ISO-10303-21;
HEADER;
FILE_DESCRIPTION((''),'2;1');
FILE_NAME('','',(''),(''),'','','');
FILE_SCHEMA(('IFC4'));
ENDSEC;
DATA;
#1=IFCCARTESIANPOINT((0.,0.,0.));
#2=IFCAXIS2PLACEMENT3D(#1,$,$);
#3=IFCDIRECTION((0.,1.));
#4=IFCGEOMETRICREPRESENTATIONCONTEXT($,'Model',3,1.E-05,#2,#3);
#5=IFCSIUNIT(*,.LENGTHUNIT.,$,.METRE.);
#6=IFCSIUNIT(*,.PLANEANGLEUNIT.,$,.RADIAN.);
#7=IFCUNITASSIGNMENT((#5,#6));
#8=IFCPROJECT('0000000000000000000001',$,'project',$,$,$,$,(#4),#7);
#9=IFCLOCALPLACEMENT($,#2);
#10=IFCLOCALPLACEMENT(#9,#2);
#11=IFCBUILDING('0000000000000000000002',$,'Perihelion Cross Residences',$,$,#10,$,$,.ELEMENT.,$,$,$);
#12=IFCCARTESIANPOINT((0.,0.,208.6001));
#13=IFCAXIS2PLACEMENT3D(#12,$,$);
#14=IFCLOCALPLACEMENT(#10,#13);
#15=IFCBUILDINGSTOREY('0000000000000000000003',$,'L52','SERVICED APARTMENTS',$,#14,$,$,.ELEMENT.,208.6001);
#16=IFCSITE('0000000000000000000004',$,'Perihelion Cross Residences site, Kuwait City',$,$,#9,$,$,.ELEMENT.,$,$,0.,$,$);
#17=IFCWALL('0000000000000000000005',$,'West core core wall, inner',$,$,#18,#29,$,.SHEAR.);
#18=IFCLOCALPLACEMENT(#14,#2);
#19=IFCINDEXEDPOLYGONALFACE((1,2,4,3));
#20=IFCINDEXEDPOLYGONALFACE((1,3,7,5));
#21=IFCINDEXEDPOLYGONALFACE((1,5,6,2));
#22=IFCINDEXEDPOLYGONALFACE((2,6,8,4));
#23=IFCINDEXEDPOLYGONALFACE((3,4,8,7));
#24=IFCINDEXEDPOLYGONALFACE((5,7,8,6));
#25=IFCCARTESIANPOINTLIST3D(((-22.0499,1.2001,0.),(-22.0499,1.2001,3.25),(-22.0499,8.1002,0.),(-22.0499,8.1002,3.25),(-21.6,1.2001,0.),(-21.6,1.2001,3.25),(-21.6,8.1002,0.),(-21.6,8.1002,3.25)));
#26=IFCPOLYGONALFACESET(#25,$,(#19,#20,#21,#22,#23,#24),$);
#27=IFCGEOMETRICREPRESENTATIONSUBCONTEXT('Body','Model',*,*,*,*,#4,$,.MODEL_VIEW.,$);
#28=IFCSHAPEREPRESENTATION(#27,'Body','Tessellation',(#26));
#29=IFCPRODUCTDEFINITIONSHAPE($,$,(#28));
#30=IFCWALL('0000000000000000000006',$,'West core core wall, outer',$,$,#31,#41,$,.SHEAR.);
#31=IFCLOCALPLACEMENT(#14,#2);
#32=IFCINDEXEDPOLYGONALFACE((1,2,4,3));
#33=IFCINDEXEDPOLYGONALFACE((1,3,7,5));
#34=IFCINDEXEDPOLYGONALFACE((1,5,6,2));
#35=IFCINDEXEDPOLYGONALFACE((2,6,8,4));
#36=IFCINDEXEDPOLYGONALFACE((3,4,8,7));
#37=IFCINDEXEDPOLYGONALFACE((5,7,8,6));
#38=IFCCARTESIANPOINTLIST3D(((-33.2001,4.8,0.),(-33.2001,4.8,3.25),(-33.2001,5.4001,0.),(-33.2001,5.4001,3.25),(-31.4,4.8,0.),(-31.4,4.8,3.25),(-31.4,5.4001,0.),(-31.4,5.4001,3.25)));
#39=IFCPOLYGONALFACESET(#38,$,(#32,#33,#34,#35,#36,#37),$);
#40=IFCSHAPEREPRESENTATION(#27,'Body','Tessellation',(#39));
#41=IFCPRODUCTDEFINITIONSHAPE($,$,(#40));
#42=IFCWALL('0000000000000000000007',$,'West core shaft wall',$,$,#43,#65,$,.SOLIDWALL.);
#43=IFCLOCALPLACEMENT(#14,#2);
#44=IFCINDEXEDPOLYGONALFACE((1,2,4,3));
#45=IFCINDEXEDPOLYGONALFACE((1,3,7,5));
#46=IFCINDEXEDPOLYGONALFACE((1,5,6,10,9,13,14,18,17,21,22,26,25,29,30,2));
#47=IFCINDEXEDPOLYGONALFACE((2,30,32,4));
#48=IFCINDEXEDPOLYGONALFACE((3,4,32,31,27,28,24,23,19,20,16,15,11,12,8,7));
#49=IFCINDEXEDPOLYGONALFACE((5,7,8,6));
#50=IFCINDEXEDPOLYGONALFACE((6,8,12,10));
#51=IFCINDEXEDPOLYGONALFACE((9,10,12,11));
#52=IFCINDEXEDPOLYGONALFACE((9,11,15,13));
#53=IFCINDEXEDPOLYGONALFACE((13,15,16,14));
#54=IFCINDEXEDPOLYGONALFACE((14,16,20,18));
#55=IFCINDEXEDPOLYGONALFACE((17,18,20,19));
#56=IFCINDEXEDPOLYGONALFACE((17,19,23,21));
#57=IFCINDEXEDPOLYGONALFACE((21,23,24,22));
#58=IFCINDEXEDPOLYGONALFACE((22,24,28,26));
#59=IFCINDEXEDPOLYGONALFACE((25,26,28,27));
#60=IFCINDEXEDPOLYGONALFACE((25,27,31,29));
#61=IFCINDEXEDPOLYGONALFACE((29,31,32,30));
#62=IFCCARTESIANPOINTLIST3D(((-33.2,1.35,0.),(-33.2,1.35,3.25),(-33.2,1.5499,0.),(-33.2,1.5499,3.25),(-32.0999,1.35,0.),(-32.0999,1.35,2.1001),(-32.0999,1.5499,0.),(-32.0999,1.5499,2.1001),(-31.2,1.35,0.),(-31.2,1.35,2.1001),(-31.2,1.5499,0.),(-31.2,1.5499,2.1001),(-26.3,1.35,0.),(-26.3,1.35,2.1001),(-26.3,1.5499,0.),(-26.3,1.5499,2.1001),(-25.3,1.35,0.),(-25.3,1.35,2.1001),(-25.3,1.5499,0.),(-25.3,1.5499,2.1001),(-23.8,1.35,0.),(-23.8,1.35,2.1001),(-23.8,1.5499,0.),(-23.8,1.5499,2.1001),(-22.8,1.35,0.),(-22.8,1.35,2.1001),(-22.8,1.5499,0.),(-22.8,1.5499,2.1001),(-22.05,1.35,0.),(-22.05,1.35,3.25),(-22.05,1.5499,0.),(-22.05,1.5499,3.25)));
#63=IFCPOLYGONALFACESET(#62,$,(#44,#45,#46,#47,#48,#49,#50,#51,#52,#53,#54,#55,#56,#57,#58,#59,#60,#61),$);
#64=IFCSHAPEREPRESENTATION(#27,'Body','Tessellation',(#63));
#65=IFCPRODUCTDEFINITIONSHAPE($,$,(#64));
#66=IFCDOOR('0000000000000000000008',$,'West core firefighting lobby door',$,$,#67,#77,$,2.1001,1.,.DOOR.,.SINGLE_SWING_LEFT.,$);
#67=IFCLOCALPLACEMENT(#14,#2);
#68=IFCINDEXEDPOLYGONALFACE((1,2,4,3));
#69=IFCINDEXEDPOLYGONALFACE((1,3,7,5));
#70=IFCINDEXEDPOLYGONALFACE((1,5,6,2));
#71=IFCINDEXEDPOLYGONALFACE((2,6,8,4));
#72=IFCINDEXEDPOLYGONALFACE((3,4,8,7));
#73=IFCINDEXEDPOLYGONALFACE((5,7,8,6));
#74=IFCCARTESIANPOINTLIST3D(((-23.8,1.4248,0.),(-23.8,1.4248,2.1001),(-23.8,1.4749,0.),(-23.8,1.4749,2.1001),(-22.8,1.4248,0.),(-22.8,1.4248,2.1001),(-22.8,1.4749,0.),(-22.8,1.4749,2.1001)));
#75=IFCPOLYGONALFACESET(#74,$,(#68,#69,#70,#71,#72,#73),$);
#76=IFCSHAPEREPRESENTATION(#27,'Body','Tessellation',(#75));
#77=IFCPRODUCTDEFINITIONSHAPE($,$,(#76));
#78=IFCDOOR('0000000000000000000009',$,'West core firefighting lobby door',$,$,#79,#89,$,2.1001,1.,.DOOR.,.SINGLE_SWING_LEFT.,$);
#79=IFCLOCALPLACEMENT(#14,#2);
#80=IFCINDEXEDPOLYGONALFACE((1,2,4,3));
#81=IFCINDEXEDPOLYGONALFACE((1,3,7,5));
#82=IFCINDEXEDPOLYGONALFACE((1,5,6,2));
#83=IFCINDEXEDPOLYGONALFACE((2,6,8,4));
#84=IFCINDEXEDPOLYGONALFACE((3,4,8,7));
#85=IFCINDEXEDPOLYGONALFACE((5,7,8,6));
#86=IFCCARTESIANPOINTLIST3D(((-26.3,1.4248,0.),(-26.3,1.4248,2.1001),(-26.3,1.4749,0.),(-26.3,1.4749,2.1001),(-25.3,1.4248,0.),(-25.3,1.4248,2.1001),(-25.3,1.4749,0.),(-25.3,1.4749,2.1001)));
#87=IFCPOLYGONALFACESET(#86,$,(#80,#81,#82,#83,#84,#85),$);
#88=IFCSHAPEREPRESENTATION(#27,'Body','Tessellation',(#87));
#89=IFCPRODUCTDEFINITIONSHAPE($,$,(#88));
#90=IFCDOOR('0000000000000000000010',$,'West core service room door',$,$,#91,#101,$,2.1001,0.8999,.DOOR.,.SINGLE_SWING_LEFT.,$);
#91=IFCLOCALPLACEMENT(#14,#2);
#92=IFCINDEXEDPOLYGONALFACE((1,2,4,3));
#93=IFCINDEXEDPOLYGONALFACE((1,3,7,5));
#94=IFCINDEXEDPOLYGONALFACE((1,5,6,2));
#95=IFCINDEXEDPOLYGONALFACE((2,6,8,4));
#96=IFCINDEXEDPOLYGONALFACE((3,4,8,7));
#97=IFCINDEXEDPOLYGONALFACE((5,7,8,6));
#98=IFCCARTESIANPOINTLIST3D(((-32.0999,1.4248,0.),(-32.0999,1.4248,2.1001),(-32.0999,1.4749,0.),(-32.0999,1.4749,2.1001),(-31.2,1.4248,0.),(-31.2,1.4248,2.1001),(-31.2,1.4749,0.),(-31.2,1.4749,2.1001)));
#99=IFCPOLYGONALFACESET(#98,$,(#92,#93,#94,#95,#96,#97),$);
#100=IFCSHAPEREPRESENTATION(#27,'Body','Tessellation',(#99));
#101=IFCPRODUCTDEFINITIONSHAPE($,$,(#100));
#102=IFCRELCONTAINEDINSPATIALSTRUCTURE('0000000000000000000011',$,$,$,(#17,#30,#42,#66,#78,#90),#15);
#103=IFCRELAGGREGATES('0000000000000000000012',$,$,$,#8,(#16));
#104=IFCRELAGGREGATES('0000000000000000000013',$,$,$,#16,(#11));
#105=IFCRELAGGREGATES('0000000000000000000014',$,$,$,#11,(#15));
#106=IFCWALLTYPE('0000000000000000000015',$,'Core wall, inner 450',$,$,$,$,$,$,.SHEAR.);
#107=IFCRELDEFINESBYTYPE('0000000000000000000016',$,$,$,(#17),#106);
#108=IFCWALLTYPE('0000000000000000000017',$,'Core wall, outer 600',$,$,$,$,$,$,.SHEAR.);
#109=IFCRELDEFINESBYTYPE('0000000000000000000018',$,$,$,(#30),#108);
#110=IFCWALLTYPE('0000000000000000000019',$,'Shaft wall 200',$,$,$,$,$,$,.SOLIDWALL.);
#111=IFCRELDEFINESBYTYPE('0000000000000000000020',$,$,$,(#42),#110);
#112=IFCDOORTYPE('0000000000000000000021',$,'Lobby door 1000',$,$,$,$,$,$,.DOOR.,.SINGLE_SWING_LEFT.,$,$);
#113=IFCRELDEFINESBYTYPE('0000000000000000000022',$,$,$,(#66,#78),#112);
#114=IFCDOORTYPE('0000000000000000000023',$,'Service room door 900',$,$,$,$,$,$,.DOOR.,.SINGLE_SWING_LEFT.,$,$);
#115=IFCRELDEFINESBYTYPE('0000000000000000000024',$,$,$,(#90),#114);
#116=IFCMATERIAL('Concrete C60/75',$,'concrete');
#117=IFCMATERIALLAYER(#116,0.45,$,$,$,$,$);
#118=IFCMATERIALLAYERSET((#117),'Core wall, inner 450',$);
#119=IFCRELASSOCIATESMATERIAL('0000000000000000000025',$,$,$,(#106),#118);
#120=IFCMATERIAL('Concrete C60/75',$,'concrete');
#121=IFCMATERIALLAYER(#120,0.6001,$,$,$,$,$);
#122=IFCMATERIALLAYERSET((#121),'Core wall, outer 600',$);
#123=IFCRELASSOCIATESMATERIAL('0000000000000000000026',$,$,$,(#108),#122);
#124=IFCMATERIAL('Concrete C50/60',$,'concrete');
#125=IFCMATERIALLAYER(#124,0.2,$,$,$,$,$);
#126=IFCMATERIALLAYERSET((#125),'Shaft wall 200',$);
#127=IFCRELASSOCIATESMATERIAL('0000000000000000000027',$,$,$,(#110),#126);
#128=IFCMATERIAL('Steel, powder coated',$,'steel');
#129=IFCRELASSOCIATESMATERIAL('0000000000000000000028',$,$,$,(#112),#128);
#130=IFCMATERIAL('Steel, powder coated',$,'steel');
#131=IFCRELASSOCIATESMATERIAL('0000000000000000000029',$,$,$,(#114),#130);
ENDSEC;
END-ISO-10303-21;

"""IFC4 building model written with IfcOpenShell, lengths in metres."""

from ifc_helpers import new_model, si_unit, direction, frame, frame_2d, origin, place, context, subcontext, project, spatial, rectangle, extrude, material, layer, layer_set, type_object, element, fill, save


model = new_model("IFC4")

# Units and contexts
model_context = context("Model", 3, precision=1e-05, world=origin(), true_north=direction((0.0, 1.0)))
body_context = subcontext(model_context, "Body", "Model", "MODEL_VIEW")
ifc_project = project(units=[si_unit("LENGTHUNIT", "METRE"), si_unit("PLANEANGLEUNIT", "RADIAN")], contexts=[model_context])

# Site, building, storey
site_placement = place(None, origin())
site = spatial("IfcSite", under=ifc_project, at=site_placement, Name="Perihelion Cross Residences site, Kuwait City", CompositionType="ELEMENT", RefElevation=0.0)
building_placement = place(site_placement, origin())
building = spatial("IfcBuilding", under=site, at=building_placement, Name="Perihelion Cross Residences", CompositionType="ELEMENT")
storey_placement = place(building_placement, frame((0.0, 0.0, 208.6001)))
storey = spatial("IfcBuildingStorey", under=building, at=storey_placement, Name="L52", Description="SERVICED APARTMENTS", CompositionType="ELEMENT", Elevation=208.6001)

# Walls
ifc_material_1 = material(Name="Concrete C60/75", Category="concrete")
ifc_layer_1 = layer(ifc_material_1, 0.45)
ifc_layer_set_1 = layer_set([ifc_layer_1], Name="Core wall, inner 450")
wall_type_1 = type_object("IfcWallType", Name="Core wall, inner 450", PredefinedType="SHEAR", material=ifc_layer_set_1)
wall_1_placement = place(storey_placement, frame((-21.825, 1.2, 0.0), z_axis=(0.0, 0.0, 1.0), x_axis=(0.0, 1.0, 0.0)))
element("IfcWall", 1, at=wall_1_placement, inside=storey, type_object=wall_type_1, Name="West core core wall, inner", PredefinedType="SHEAR", context=body_context, shape_type="SweptSolid", body=[
    extrude(rectangle(XDim=6.9001, YDim=0.45, at=frame_2d((3.4502, 0.0))), origin(), (0.0, 0.0, 1.0), 3.25),
])
ifc_material_2 = material(Name="Concrete C60/75", Category="concrete")
ifc_layer_2 = layer(ifc_material_2, 0.6001)
ifc_layer_set_2 = layer_set([ifc_layer_2], Name="Core wall, outer 600")
wall_type_2 = type_object("IfcWallType", Name="Core wall, outer 600", PredefinedType="SHEAR", material=ifc_layer_set_2)
wall_2_placement = place(storey_placement, frame((-33.2, 5.1001, 0.0), z_axis=(0.0, 0.0, 1.0), x_axis=(1.0, 0.0, 0.0)))
element("IfcWall", 2, at=wall_2_placement, inside=storey, type_object=wall_type_2, Name="West core core wall, outer", PredefinedType="SHEAR", context=body_context, shape_type="SweptSolid", body=[
    extrude(rectangle(XDim=1.8, YDim=0.6001, at=frame_2d((0.8999, 0.0))), origin(), (0.0, 0.0, 1.0), 3.25),
])

# Wall, openings, doors
ifc_material_3 = material(Name="Concrete C50/60", Category="concrete")
ifc_layer_3 = layer(ifc_material_3, 0.2)
ifc_layer_set_3 = layer_set([ifc_layer_3], Name="Shaft wall 200")
wall_type_3 = type_object("IfcWallType", Name="Shaft wall 200", PredefinedType="SOLIDWALL", material=ifc_layer_set_3)
wall_3_placement = place(storey_placement, frame((-33.2, 1.45, 0.0), z_axis=(0.0, 0.0, 1.0), x_axis=(1.0, 0.0, 0.0)))
wall_3 = element("IfcWall", 3, at=wall_3_placement, inside=storey, type_object=wall_type_3, Name="West core shaft wall", PredefinedType="SOLIDWALL", context=body_context, shape_type="SweptSolid", body=[
    extrude(rectangle(XDim=11.1499, YDim=0.2, at=frame_2d((5.575, 0.0))), origin(), (0.0, 0.0, 1.0), 3.25),
])
opening_1_placement = place(wall_3_placement, frame((9.3999, 0.0, 0.0)))
opening_1 = element("IfcOpeningElement", 4, at=opening_1_placement, cuts=wall_3, PredefinedType="OPENING", context=body_context, shape_type="SweptSolid", body=[
    extrude(rectangle(XDim=1.0, YDim=2.1001, at=frame_2d((0.5, 1.05))), frame((0.0, 0.1099, 0.0), z_axis=(0.0, -1.0, 0.0), x_axis=(1.0, 0.0, 0.0)), (0.0, 0.0, 1.0), 0.22),
])
opening_2_placement = place(wall_3_placement, frame((6.8999, 0.0, 0.0)))
opening_2 = element("IfcOpeningElement", 5, at=opening_2_placement, cuts=wall_3, PredefinedType="OPENING", context=body_context, shape_type="SweptSolid", body=[
    extrude(rectangle(XDim=1.0, YDim=2.1001, at=frame_2d((0.5, 1.05))), frame((0.0, 0.1099, 0.0), z_axis=(0.0, -1.0, 0.0), x_axis=(1.0, 0.0, 0.0)), (0.0, 0.0, 1.0), 0.22),
])
opening_3_placement = place(wall_3_placement, frame((1.1001, 0.0, 0.0)))
opening_3 = element("IfcOpeningElement", 6, at=opening_3_placement, cuts=wall_3, PredefinedType="OPENING", context=body_context, shape_type="SweptSolid", body=[
    extrude(rectangle(XDim=0.8999, YDim=2.1001, at=frame_2d((0.45, 1.05))), frame((0.0, 0.1099, 0.0), z_axis=(0.0, -1.0, 0.0), x_axis=(1.0, 0.0, 0.0)), (0.0, 0.0, 1.0), 0.22),
])
ifc_material_4 = material(Name="Steel, powder coated", Category="steel")
door_type_1 = type_object("IfcDoorType", Name="Lobby door 1000", OperationType="SINGLE_SWING_LEFT", PredefinedType="DOOR", material=ifc_material_4)
door_1_placement = place(opening_1_placement, origin())
door_1 = element("IfcDoor", 7, at=door_1_placement, inside=storey, type_object=door_type_1, Name="West core firefighting lobby door", OperationType="SINGLE_SWING_LEFT", OverallHeight=2.1001, OverallWidth=1.0, PredefinedType="DOOR", context=body_context, shape_type="SweptSolid", body=[
    extrude(rectangle(XDim=1.0, YDim=2.1001, at=frame_2d((0.5, 1.05))), frame((0.0, 0.0249, 0.0), z_axis=(0.0, -1.0, 0.0), x_axis=(1.0, 0.0, 0.0)), (0.0, 0.0, 1.0), 0.05),
])
fill(opening_1, door_1)
door_2_placement = place(opening_2_placement, origin())
door_2 = element("IfcDoor", 8, at=door_2_placement, inside=storey, type_object=door_type_1, Name="West core firefighting lobby door", OperationType="SINGLE_SWING_LEFT", OverallHeight=2.1001, OverallWidth=1.0, PredefinedType="DOOR", context=body_context, shape_type="SweptSolid", body=[
    extrude(rectangle(XDim=1.0, YDim=2.1001, at=frame_2d((0.5, 1.05))), frame((0.0, 0.0249, 0.0), z_axis=(0.0, -1.0, 0.0), x_axis=(1.0, 0.0, 0.0)), (0.0, 0.0, 1.0), 0.05),
])
fill(opening_2, door_2)
ifc_material_5 = material(Name="Steel, powder coated", Category="steel")
door_type_2 = type_object("IfcDoorType", Name="Service room door 900", OperationType="SINGLE_SWING_LEFT", PredefinedType="DOOR", material=ifc_material_5)
door_3_placement = place(opening_3_placement, origin())
door_3 = element("IfcDoor", 9, at=door_3_placement, inside=storey, type_object=door_type_2, Name="West core service room door", OperationType="SINGLE_SWING_LEFT", OverallHeight=2.1001, OverallWidth=0.8999, PredefinedType="DOOR", context=body_context, shape_type="SweptSolid", body=[
    extrude(rectangle(XDim=0.8999, YDim=2.1001, at=frame_2d((0.45, 1.05))), frame((0.0, 0.0249, 0.0), z_axis=(0.0, -1.0, 0.0), x_axis=(1.0, 0.0, 0.0)), (0.0, 0.0, 1.0), 0.05),
])
fill(opening_3, door_3)

save(model, "model.ifc")
